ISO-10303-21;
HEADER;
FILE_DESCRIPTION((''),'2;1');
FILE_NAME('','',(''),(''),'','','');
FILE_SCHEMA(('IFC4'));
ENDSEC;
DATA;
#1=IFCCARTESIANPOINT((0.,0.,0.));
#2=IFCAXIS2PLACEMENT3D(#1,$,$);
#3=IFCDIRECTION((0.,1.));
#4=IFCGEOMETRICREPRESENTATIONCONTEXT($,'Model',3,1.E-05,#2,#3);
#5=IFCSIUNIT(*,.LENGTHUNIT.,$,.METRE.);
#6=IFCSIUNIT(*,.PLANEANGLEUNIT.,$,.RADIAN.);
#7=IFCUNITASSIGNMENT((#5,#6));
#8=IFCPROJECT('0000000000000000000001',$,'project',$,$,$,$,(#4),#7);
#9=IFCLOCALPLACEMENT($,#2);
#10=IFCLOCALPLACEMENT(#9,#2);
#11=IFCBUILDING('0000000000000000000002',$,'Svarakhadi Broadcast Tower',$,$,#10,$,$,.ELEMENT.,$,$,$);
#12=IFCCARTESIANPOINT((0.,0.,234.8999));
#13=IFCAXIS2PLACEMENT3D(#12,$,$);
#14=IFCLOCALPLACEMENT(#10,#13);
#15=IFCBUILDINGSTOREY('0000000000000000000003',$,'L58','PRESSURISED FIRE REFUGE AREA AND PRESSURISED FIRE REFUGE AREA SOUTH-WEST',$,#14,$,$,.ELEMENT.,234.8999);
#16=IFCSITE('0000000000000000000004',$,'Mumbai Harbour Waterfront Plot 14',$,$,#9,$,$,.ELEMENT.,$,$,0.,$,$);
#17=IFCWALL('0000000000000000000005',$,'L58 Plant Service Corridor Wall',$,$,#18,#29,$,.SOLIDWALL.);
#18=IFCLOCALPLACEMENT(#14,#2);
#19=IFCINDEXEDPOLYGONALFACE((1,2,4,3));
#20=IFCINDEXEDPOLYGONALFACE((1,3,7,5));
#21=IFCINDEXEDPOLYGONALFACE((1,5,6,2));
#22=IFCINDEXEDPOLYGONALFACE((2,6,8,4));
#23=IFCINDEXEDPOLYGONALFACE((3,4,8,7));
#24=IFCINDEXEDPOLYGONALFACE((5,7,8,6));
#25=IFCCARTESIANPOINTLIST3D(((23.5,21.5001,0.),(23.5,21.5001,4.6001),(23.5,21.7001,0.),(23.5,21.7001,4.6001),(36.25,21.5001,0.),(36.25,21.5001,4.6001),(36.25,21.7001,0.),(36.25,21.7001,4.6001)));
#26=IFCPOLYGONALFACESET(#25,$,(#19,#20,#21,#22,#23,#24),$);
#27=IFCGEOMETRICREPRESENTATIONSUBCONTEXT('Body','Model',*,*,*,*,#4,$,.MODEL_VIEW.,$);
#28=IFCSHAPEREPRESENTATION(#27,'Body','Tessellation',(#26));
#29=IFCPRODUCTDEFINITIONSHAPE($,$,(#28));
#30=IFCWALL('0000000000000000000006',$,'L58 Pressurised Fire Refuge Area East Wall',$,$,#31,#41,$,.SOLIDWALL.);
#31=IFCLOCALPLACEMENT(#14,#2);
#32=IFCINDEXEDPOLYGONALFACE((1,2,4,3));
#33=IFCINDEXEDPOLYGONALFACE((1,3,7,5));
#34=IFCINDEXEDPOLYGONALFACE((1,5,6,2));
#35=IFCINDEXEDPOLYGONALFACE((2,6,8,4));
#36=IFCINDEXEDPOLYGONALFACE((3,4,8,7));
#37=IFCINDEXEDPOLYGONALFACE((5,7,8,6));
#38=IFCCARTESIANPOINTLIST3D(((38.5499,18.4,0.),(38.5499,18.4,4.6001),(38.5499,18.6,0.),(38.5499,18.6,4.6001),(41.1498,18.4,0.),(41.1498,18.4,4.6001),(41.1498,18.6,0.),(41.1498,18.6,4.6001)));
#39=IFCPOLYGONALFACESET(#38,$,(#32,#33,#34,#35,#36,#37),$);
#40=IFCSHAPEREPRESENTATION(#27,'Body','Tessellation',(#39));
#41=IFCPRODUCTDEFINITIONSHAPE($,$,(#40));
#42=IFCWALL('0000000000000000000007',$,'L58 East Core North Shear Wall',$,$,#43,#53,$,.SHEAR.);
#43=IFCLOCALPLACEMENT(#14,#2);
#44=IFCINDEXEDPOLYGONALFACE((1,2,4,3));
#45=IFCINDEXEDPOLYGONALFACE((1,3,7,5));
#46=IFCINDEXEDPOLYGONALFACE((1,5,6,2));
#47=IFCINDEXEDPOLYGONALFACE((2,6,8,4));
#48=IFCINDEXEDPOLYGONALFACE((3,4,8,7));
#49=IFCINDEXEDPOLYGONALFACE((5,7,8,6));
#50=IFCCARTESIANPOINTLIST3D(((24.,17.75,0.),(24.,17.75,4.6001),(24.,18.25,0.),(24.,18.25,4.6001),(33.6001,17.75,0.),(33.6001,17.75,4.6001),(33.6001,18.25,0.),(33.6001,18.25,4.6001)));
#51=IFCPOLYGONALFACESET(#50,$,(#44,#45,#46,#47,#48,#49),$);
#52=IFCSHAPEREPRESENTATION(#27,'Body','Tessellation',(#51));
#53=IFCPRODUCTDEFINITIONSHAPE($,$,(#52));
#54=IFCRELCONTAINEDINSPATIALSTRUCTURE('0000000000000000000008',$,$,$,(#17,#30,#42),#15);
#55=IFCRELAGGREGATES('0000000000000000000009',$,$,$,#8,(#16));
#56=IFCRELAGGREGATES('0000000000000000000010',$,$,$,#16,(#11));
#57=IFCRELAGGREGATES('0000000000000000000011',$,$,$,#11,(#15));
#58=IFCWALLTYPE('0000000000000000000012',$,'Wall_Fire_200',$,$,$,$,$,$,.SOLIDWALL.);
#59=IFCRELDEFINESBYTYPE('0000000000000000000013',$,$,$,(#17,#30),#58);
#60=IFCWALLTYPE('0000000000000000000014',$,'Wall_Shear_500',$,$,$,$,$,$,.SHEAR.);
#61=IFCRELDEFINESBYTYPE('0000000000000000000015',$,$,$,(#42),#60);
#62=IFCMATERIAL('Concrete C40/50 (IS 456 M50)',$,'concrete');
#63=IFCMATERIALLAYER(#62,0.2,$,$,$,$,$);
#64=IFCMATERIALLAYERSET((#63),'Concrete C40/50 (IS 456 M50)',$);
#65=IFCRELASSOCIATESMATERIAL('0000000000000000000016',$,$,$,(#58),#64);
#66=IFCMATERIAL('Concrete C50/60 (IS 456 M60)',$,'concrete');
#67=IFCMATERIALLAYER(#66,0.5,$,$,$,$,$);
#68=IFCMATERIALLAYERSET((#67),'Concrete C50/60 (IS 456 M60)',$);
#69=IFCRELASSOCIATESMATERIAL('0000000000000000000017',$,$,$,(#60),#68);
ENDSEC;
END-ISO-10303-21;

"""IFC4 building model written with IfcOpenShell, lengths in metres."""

from ifc_helpers import new_model, si_unit, direction, frame, frame_2d, origin, place, context, subcontext, project, spatial, rectangle, extrude, material, layer, layer_set, type_object, element, save


model = new_model("IFC4")

# Units and contexts
model_context = context("Model", 3, precision=1e-05, world=origin(), true_north=direction((0.0, 1.0)))
body_context = subcontext(model_context, "Body", "Model", "MODEL_VIEW")
ifc_project = project(units=[si_unit("LENGTHUNIT", "METRE"), si_unit("PLANEANGLEUNIT", "RADIAN")], contexts=[model_context])

# Site, building, storey
site_placement = place(None, origin())
site = spatial("IfcSite", under=ifc_project, at=site_placement, Name="Mumbai Harbour Waterfront Plot 14", CompositionType="ELEMENT", RefElevation=0.0)
building_placement = place(site_placement, origin())
building = spatial("IfcBuilding", under=site, at=building_placement, Name="Svarakhadi Broadcast Tower", CompositionType="ELEMENT")
storey_placement = place(building_placement, frame((0.0, 0.0, 234.8999)))
storey = spatial("IfcBuildingStorey", under=building, at=storey_placement, Name="L58", Description="PRESSURISED FIRE REFUGE AREA AND PRESSURISED FIRE REFUGE AREA SOUTH-WEST", CompositionType="ELEMENT", Elevation=234.8999)

# Shared definitions
ifc_material_1 = material(Name="Concrete C50/60 (IS 456 M60)", Category="concrete")

# Shared definitions
ifc_material_2 = material(Name="Concrete C40/50 (IS 456 M50)", Category="concrete")

# Shared definitions
ifc_layer_1 = layer(ifc_material_2, 0.2)
ifc_layer_set_1 = layer_set([ifc_layer_1], Name="Concrete C40/50 (IS 456 M50)")
wall_type_1 = type_object("IfcWallType", Name="Wall_Fire_200", PredefinedType="SOLIDWALL", material=ifc_layer_set_1)

# Walls
wall_1_placement = place(storey_placement, frame((36.25, 21.6001, 0.0), z_axis=(0.0, 0.0, 1.0), x_axis=(-1.0, 0.0, 0.0)))
element("IfcWall", 1, at=wall_1_placement, inside=storey, type_object=wall_type_1, Name="L58 Plant Service Corridor Wall", PredefinedType="SOLIDWALL", context=body_context, shape_type="SweptSolid", body=[
    extrude(rectangle(XDim=12.75, YDim=0.2, at=frame_2d((6.375, 0.0))), origin(), (0.0, 0.0, 1.0), 4.6001),
])
wall_2_placement = place(storey_placement, frame((38.55, 18.5, 0.0), z_axis=(0.0, 0.0, 1.0), x_axis=(1.0, 0.0, 0.0)))
element("IfcWall", 2, at=wall_2_placement, inside=storey, type_object=wall_type_1, Name="L58 Pressurised Fire Refuge Area East Wall", PredefinedType="SOLIDWALL", context=body_context, shape_type="SweptSolid", body=[
    extrude(rectangle(XDim=2.5999, YDim=0.2, at=frame_2d((1.2998, 0.0))), origin(), (0.0, 0.0, 1.0), 4.6001),
])
ifc_layer_2 = layer(ifc_material_1, 0.5)
ifc_layer_set_2 = layer_set([ifc_layer_2], Name="Concrete C50/60 (IS 456 M60)")
wall_type_2 = type_object("IfcWallType", Name="Wall_Shear_500", PredefinedType="SHEAR", material=ifc_layer_set_2)
wall_3_placement = place(storey_placement, frame((24.0, 18.0, 0.0), z_axis=(0.0, 0.0, 1.0), x_axis=(1.0, 0.0, 0.0)))
element("IfcWall", 3, at=wall_3_placement, inside=storey, type_object=wall_type_2, Name="L58 East Core North Shear Wall", PredefinedType="SHEAR", context=body_context, shape_type="SweptSolid", body=[
    extrude(rectangle(XDim=9.6001, YDim=0.5, at=frame_2d((4.8, 0.0))), origin(), (0.0, 0.0, 1.0), 4.6001),
])

save(model, "model.ifc")
